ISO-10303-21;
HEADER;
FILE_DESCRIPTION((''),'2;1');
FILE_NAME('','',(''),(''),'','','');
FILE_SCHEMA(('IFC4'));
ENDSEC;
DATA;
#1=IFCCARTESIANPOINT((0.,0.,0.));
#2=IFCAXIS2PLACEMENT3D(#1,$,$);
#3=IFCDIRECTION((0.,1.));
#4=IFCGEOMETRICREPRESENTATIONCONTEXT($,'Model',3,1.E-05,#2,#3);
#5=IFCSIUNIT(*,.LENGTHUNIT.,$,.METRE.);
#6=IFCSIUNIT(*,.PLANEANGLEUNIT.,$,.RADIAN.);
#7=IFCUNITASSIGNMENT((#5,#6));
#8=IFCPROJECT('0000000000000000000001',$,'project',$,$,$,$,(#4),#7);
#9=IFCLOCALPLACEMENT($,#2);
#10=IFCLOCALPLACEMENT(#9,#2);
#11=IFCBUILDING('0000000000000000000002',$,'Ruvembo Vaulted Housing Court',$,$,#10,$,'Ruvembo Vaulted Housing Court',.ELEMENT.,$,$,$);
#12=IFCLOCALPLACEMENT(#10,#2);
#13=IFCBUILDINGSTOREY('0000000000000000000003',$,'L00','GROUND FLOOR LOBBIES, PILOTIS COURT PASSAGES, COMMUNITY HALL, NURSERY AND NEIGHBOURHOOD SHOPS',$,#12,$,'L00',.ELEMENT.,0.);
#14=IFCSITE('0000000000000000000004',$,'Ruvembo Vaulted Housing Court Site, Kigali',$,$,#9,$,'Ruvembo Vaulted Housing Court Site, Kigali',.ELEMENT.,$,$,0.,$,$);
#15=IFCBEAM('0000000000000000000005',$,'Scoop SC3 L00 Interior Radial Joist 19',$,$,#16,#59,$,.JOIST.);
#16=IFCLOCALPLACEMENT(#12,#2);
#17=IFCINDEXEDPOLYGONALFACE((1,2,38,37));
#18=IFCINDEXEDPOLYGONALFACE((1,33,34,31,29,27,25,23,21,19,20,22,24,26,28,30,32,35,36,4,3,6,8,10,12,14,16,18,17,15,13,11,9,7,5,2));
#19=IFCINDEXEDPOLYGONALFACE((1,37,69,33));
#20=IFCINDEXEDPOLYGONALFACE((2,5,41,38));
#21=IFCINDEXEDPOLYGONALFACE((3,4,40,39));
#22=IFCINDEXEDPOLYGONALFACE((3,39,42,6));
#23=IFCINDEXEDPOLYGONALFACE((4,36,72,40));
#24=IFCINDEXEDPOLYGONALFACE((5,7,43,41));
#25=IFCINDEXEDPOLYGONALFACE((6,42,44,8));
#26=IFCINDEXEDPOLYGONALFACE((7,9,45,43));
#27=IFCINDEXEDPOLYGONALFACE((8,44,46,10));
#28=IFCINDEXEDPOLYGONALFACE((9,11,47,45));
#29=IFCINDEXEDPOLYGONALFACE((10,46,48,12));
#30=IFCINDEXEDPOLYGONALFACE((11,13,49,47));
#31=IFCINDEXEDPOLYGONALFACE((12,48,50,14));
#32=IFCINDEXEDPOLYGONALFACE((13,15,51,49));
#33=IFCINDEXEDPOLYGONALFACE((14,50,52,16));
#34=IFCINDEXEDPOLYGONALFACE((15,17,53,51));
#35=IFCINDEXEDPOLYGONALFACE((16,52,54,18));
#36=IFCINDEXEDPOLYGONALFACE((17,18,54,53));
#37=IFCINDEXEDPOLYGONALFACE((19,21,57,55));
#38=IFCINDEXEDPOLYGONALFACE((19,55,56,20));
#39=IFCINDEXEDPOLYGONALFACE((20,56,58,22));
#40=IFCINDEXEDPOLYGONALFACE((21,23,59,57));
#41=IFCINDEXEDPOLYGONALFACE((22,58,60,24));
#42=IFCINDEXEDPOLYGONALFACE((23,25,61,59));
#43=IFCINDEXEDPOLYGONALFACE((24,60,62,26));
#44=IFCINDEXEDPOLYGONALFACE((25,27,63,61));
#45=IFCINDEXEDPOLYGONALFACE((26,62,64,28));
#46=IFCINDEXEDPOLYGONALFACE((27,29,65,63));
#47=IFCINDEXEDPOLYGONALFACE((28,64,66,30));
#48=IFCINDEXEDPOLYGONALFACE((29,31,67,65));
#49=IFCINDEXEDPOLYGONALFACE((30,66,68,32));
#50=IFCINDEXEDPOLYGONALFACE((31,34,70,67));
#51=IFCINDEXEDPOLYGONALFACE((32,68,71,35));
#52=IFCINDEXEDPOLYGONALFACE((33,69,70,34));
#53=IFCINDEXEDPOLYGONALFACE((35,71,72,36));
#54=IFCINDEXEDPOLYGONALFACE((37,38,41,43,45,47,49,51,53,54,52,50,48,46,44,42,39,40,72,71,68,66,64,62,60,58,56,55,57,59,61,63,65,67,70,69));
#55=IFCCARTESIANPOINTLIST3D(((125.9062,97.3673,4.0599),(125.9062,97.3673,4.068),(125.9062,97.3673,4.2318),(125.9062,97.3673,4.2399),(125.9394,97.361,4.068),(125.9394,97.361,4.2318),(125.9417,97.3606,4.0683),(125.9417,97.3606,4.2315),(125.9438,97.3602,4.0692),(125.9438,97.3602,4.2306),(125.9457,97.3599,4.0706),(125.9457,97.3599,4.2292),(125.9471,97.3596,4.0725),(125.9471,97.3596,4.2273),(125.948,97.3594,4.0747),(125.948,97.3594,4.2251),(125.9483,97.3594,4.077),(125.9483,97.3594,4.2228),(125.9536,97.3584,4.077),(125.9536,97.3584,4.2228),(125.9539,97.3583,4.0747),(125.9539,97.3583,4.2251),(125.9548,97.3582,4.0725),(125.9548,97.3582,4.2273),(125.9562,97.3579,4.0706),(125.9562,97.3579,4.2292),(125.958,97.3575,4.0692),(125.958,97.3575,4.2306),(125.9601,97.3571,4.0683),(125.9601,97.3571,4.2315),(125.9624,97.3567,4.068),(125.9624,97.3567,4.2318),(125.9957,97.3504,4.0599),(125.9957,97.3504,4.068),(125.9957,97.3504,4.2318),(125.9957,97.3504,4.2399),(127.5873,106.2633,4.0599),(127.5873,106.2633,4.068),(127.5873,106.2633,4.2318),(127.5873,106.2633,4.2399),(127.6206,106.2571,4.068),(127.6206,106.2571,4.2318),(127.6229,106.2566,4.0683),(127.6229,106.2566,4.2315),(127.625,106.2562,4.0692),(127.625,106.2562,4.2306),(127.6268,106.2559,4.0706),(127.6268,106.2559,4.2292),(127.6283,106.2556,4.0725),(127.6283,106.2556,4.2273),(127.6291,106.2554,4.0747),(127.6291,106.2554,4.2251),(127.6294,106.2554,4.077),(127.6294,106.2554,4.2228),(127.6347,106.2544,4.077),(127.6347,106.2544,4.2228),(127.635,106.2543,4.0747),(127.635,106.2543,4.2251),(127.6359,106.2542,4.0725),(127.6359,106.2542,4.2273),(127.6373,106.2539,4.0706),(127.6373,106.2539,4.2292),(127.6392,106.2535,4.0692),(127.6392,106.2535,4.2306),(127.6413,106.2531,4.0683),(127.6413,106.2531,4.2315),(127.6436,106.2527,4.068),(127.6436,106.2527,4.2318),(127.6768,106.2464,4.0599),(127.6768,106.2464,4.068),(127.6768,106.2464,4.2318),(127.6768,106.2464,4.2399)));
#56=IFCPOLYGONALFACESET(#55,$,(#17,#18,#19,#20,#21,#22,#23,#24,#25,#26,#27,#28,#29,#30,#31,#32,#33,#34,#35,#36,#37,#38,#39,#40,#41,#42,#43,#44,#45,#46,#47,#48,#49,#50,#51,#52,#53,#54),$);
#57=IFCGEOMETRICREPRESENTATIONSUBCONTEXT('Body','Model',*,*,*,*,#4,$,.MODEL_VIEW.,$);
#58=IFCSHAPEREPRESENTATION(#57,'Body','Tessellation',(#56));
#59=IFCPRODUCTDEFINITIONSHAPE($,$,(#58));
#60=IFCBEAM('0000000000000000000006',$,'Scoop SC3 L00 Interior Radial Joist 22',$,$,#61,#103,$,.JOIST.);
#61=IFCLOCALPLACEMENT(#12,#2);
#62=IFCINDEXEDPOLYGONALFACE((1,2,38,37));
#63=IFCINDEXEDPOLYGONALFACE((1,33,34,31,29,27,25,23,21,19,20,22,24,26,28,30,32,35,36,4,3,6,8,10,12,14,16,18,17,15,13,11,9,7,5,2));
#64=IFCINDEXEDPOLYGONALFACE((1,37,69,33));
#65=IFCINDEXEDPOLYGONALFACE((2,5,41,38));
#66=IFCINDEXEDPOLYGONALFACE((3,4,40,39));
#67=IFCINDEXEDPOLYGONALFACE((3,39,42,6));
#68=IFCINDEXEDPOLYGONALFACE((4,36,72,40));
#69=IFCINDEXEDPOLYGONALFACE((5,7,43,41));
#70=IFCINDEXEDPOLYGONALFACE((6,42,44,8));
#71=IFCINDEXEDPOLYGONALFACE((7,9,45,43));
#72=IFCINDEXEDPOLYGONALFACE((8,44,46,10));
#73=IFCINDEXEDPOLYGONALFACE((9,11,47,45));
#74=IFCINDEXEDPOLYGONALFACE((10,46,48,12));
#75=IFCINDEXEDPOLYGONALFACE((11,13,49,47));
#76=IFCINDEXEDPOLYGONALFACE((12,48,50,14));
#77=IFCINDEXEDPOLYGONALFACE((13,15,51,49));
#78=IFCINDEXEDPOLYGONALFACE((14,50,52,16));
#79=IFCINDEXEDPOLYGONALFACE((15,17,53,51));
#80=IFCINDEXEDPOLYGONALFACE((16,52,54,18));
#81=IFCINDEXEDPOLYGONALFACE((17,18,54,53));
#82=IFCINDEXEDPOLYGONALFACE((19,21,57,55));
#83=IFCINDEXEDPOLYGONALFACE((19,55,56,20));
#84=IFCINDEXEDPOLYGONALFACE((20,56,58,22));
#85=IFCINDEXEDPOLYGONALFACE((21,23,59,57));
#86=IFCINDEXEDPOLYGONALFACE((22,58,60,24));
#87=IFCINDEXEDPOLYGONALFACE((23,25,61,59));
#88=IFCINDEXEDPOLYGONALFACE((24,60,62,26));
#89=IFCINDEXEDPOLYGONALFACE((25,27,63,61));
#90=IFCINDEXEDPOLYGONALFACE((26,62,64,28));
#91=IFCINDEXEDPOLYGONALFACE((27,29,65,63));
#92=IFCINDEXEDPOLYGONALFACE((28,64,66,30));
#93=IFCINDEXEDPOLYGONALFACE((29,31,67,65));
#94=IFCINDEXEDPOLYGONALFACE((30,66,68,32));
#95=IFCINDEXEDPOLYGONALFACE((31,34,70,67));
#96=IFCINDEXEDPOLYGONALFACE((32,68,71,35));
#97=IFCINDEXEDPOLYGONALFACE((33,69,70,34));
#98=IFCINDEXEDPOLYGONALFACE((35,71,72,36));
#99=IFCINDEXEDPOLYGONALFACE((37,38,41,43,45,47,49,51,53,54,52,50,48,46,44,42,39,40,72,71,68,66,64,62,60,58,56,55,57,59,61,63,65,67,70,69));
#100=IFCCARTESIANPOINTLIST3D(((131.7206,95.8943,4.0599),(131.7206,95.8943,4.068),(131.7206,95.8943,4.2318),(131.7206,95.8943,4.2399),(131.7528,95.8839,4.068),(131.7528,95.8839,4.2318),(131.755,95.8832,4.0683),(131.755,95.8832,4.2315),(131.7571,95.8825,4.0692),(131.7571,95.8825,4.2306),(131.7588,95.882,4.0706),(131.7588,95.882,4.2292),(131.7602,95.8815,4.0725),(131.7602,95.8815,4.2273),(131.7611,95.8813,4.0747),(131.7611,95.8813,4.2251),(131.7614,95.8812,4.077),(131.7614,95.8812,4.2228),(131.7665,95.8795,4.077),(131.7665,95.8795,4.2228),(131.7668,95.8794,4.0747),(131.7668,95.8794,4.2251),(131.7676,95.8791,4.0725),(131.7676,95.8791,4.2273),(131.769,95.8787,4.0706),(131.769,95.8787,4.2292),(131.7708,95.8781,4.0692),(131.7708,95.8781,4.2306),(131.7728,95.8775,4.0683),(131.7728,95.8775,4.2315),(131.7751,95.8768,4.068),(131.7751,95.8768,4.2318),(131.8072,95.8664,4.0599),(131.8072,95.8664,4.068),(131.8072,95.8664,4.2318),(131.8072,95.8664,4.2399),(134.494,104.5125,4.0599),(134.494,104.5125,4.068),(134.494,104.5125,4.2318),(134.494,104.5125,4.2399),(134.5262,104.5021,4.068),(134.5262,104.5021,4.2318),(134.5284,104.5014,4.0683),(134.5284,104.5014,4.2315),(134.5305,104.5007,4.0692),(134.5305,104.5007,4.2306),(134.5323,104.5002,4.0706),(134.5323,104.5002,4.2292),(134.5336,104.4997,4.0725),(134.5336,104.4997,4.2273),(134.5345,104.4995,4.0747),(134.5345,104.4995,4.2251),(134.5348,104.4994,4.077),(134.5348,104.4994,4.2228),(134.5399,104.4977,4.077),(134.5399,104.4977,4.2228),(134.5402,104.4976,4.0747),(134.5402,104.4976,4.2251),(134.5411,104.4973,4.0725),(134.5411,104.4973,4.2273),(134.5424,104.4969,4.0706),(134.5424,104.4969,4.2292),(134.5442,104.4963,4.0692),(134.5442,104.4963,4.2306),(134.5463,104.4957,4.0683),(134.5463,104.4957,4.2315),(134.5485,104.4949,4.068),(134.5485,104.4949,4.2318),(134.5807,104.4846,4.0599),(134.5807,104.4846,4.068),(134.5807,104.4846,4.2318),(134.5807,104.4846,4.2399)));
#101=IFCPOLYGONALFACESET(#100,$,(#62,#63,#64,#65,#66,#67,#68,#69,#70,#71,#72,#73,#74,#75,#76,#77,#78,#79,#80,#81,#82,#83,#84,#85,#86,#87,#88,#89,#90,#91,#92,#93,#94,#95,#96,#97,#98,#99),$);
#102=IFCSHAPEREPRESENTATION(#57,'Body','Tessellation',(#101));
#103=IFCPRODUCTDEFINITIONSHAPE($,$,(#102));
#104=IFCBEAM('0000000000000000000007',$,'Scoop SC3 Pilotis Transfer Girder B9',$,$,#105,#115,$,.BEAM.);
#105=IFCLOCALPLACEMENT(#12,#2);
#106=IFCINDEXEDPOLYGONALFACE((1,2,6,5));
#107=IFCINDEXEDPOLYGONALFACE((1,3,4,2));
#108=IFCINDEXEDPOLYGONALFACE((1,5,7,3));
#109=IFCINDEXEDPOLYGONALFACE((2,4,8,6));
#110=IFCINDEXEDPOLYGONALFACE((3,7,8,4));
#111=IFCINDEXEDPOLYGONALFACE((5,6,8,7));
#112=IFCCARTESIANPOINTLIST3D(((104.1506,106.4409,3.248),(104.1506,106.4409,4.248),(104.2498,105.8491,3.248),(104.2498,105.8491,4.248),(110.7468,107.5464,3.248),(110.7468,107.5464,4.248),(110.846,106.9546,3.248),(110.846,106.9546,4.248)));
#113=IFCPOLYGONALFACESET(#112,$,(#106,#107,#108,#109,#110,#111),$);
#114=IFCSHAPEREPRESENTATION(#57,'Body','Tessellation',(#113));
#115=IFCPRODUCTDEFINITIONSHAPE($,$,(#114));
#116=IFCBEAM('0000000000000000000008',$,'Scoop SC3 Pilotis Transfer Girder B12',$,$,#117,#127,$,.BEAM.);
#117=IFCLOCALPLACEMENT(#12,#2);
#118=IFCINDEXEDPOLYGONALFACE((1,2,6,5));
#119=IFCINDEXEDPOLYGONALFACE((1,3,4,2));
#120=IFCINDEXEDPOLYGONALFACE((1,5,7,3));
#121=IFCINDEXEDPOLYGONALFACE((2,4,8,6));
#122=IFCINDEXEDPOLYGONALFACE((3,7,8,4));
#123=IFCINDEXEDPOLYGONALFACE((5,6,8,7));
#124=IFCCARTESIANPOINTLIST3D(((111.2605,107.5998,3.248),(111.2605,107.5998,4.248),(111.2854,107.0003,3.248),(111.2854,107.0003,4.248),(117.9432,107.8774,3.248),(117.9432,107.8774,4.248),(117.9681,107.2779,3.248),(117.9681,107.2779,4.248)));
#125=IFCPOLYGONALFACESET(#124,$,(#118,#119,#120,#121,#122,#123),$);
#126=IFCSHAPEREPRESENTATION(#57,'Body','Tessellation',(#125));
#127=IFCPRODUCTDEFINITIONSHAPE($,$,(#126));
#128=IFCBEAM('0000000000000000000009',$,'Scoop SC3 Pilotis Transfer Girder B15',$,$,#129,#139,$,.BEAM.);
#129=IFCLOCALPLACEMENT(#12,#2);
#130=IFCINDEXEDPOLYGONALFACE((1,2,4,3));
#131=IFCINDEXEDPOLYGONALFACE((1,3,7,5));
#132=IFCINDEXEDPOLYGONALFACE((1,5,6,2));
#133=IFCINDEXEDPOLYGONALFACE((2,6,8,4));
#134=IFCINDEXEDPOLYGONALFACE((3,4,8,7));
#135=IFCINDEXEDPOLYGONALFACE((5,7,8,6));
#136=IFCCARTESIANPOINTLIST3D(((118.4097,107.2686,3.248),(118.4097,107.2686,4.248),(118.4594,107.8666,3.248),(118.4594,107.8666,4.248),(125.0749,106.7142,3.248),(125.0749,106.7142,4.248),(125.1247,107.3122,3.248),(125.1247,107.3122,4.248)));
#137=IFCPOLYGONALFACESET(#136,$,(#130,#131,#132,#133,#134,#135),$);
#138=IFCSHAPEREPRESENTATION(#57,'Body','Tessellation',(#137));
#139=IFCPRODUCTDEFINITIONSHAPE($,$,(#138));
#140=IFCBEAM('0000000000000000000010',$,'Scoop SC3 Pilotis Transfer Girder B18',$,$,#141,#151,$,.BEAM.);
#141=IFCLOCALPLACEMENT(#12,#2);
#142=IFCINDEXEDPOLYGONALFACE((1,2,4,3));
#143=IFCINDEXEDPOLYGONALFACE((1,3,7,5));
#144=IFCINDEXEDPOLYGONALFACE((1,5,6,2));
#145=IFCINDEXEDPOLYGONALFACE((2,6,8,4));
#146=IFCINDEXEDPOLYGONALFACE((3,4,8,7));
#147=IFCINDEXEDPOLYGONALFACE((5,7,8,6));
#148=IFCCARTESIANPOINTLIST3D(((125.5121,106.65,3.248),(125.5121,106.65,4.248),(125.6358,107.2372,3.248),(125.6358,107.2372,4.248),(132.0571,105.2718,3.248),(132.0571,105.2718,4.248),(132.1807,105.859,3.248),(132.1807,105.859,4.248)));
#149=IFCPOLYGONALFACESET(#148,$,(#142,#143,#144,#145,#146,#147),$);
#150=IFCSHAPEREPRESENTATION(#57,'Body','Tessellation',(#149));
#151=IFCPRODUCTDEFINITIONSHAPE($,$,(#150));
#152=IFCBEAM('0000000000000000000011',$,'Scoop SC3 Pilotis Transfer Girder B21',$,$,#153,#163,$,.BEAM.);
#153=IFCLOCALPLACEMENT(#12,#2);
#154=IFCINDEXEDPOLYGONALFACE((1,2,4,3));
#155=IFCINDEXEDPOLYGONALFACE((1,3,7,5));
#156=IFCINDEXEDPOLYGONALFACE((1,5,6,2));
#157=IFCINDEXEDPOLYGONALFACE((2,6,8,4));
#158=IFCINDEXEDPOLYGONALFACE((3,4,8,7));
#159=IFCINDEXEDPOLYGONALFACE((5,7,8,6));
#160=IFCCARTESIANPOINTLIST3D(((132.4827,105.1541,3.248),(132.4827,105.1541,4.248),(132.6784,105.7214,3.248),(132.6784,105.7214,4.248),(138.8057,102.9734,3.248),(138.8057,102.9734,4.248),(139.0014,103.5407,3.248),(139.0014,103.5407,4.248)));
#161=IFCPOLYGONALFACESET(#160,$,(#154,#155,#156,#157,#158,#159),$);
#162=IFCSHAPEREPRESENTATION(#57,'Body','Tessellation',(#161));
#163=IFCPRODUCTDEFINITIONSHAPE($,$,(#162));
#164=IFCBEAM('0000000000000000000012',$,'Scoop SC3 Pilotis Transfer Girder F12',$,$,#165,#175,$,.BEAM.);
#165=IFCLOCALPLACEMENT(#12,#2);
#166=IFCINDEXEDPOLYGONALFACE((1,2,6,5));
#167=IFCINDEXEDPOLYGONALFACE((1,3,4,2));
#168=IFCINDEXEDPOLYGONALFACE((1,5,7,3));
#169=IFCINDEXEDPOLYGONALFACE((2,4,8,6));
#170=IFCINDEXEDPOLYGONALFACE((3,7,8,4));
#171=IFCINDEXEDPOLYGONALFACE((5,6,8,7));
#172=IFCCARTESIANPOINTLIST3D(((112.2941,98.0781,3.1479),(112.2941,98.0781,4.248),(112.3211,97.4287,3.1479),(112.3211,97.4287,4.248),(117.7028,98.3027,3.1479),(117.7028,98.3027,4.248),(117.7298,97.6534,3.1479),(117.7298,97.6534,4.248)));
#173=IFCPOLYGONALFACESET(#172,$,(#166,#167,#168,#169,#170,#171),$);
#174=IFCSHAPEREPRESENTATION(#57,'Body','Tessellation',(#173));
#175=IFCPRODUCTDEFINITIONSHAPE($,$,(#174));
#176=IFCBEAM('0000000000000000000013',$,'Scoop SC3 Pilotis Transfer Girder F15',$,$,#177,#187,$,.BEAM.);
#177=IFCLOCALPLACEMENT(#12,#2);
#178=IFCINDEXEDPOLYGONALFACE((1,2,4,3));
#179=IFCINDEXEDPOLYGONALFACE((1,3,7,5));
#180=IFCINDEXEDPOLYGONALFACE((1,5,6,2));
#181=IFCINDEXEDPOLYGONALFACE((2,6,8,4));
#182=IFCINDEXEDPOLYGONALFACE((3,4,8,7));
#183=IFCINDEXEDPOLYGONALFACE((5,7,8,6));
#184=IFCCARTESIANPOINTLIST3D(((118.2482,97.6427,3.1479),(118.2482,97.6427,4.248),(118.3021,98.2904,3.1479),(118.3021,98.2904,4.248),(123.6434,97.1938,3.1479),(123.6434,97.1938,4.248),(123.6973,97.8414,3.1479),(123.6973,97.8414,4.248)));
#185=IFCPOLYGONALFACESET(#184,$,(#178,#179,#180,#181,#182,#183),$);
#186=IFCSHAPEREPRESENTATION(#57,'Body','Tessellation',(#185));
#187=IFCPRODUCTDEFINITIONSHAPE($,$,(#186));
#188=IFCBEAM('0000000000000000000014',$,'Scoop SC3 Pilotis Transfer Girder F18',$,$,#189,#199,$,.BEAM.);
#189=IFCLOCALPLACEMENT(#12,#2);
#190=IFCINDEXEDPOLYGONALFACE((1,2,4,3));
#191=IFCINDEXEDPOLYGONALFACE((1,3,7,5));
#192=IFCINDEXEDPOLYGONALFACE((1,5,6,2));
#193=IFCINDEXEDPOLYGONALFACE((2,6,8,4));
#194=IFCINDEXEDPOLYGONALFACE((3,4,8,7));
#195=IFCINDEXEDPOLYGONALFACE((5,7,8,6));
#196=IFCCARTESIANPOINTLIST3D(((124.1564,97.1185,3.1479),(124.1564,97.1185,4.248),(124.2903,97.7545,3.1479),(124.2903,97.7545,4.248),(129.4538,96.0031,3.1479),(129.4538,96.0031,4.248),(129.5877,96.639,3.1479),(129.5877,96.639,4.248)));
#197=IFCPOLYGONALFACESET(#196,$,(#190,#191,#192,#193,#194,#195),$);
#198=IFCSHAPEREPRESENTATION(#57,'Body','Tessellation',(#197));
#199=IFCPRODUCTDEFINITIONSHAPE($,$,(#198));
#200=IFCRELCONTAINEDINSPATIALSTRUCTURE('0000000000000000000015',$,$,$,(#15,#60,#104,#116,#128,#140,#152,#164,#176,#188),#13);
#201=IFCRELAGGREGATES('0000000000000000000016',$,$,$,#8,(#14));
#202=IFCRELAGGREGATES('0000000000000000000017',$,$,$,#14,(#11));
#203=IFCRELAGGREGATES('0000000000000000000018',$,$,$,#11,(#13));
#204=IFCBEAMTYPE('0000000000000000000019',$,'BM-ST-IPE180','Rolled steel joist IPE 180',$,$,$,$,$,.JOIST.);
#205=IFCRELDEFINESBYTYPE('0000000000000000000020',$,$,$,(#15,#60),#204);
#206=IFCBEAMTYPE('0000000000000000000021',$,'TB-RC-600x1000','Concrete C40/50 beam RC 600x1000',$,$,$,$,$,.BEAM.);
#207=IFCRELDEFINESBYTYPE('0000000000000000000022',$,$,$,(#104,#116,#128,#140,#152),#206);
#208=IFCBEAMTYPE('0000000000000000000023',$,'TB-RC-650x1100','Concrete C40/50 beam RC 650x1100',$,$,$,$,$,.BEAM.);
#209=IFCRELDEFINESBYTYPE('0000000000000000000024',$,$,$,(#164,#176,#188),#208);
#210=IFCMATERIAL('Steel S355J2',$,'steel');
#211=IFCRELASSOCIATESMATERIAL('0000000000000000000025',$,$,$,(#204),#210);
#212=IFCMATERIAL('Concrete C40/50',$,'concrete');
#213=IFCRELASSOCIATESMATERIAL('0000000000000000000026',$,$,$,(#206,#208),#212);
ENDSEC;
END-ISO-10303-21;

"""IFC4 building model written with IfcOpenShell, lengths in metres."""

from ifc_helpers import new_model, si_unit, direction, frame, origin, origin_2d, place, context, subcontext, project, spatial, rectangle, i_section, extrude, material, material_profile, profile_set, type_object, element, save


model = new_model("IFC4")

# Units and contexts
model_context = context("Model", 3, precision=1e-05, world=origin(), true_north=direction((0.0, 1.0)))
body_context = subcontext(model_context, "Body", "Model", "MODEL_VIEW")
ifc_project = project(units=[si_unit("LENGTHUNIT", "METRE"), si_unit("PLANEANGLEUNIT", "RADIAN")], contexts=[model_context])

# Site, building, storey
site_placement = place(None, origin())
site = spatial("IfcSite", under=ifc_project, at=site_placement, Name="Ruvembo Vaulted Housing Court Site, Kigali", LongName="Ruvembo Vaulted Housing Court Site, Kigali", CompositionType="ELEMENT", RefElevation=0.0)
building_placement = place(site_placement, origin())
building = spatial("IfcBuilding", under=site, at=building_placement, Name="Ruvembo Vaulted Housing Court", LongName="Ruvembo Vaulted Housing Court", CompositionType="ELEMENT")
storey_placement = place(building_placement, origin())
storey = spatial("IfcBuildingStorey", under=building, at=storey_placement, Name="L00", Description="GROUND FLOOR LOBBIES, PILOTIS COURT PASSAGES, COMMUNITY HALL, NURSERY AND NEIGHBOURHOOD SHOPS", LongName="L00", CompositionType="ELEMENT", Elevation=0.0)

# Shared definitions
ifc_material_1 = material(Name="Concrete C40/50", Category="concrete")

# Beams
ifc_material_2 = material(Name="Steel S355J2", Category="steel")
ifc_material_profile_1 = material_profile(ifc_material_2, i_section(OverallWidth=0.0911, OverallDepth=0.1799, WebThickness=0.0054, FlangeThickness=0.0081, FilletRadius=0.009, at=origin_2d()), Name="IPE 180")
ifc_profile_set_1 = profile_set([ifc_material_profile_1], Name="Steel S355J2")
beam_type_1 = type_object("IfcBeamType", Name="BM-ST-IPE180", Description="Rolled steel joist IPE 180", PredefinedType="JOIST", material=ifc_profile_set_1)
for number, where, z_axis, x_axis, name in (
    (1, (127.6321, 106.2549, 4.1499), (-0.185692, -0.982608, 0.0), (0.982608, -0.185692, 0.0), "Scoop SC3 L00 Interior Radial Joist 19"),
    (2, (134.5374, 104.4985, 4.1499), (-0.306341, -0.951922, 0.0), (0.951922, -0.306341, 0.0), "Scoop SC3 L00 Interior Radial Joist 22"),
):
    element("IfcBeam", number, at=place(storey_placement, frame(where, z_axis=z_axis, x_axis=x_axis)), inside=storey, type_object=beam_type_1, Name=name, PredefinedType="JOIST", context=body_context, shape_type="SweptSolid", body=[
        extrude(i_section(OverallWidth=0.0911, OverallDepth=0.1799, WebThickness=0.0054, FlangeThickness=0.0081, FilletRadius=0.009, at=origin_2d()), origin(), (0.0, 0.0, 1.0), 9.0535),
    ])
ifc_material_profile_2 = material_profile(ifc_material_1, rectangle(XDim=0.6001, YDim=1.0, at=origin_2d()), Name="RC 600x1000")
ifc_profile_set_2 = profile_set([ifc_material_profile_2], Name="Concrete C40/50")
beam_type_2 = type_object("IfcBeamType", Name="TB-RC-600x1000", Description="Concrete C40/50 beam RC 600x1000", PredefinedType="BEAM", material=ifc_profile_set_2)
beam_1_placement = place(storey_placement, frame((104.2002, 106.145, 3.748), z_axis=(0.986246, 0.165287, 0.0), x_axis=(-0.165287, 0.986246, 0.0)))
element("IfcBeam", 3, at=beam_1_placement, inside=storey, type_object=beam_type_2, Name="Scoop SC3 Pilotis Transfer Girder B9", PredefinedType="BEAM", context=body_context, shape_type="SweptSolid", body=[
    extrude(rectangle(XDim=0.6001, YDim=1.0, at=origin_2d()), origin(), (0.0, 0.0, 1.0), 6.6882),
])
beam_2_placement = place(storey_placement, frame((111.2729, 107.3, 3.748), z_axis=(0.999138, 0.041503, 0.0), x_axis=(-0.041503, 0.999138, 0.0)))
element("IfcBeam", 4, at=beam_2_placement, inside=storey, type_object=beam_type_2, Name="Scoop SC3 Pilotis Transfer Girder B12", PredefinedType="BEAM", context=body_context, shape_type="SweptSolid", body=[
    extrude(rectangle(XDim=0.6001, YDim=1.0, at=origin_2d()), origin(), (0.0, 0.0, 1.0), 6.6885),
])
beam_3_placement = place(storey_placement, frame((118.4346, 107.5676, 3.748), z_axis=(0.996558, -0.082897, 0.0), x_axis=(0.082897, 0.996558, 0.0)))
element("IfcBeam", 5, at=beam_3_placement, inside=storey, type_object=beam_type_2, Name="Scoop SC3 Pilotis Transfer Girder B15", PredefinedType="BEAM", context=body_context, shape_type="SweptSolid", body=[
    extrude(rectangle(XDim=0.6001, YDim=1.0, at=origin_2d()), origin(), (0.0, 0.0, 1.0), 6.6882),
])
for number, where, z_axis, x_axis, name in (
    (6, (125.574, 106.9436, 3.748), (0.978541, -0.206053, 0.0), (0.206053, 0.978541, 0.0), "Scoop SC3 Pilotis Transfer Girder B18"),
    (7, (132.5806, 105.4377, 3.748), (0.945358, -0.326033, 0.0), (0.326033, 0.945358, 0.0), "Scoop SC3 Pilotis Transfer Girder B21"),
):
    element("IfcBeam", number, at=place(storey_placement, frame(where, z_axis=z_axis, x_axis=x_axis)), inside=storey, type_object=beam_type_2, Name=name, PredefinedType="BEAM", context=body_context, shape_type="SweptSolid", body=[
        extrude(rectangle(XDim=0.6001, YDim=1.0, at=origin_2d()), origin(), (0.0, 0.0, 1.0), 6.6885),
    ])
ifc_material_profile_3 = material_profile(ifc_material_1, rectangle(XDim=0.6499, YDim=1.1001, at=origin_2d()), Name="RC 650x1100")
ifc_profile_set_3 = profile_set([ifc_material_profile_3], Name="Concrete C40/50")
beam_type_3 = type_object("IfcBeamType", Name="TB-RC-650x1100", Description="Concrete C40/50 beam RC 650x1100", PredefinedType="BEAM", material=ifc_profile_set_3)
beam_4_placement = place(storey_placement, frame((112.3076, 97.7534, 3.698), z_axis=(0.999139, 0.041492, 0.0), x_axis=(-0.041492, 0.999139, 0.0)))
element("IfcBeam", 8, at=beam_4_placement, inside=storey, type_object=beam_type_3, Name="Scoop SC3 Pilotis Transfer Girder F12", PredefinedType="BEAM", context=body_context, shape_type="SweptSolid", body=[
    extrude(rectangle(XDim=0.6499, YDim=1.1001, at=origin_2d()), origin(), (0.0, 0.0, 1.0), 5.4133),
])
beam_5_placement = place(storey_placement, frame((118.2751, 97.9666, 3.698), z_axis=(0.996555, -0.08293, 0.0), x_axis=(0.08293, 0.996555, 0.0)))
element("IfcBeam", 9, at=beam_5_placement, inside=storey, type_object=beam_type_3, Name="Scoop SC3 Pilotis Transfer Girder F15", PredefinedType="BEAM", context=body_context, shape_type="SweptSolid", body=[
    extrude(rectangle(XDim=0.6499, YDim=1.1001, at=origin_2d()), origin(), (0.0, 0.0, 1.0), 5.4138),
])
beam_6_placement = place(storey_placement, frame((124.2234, 97.4365, 3.698), z_axis=(0.978541, -0.206054, 0.0), x_axis=(0.206054, 0.978541, 0.0)))
element("IfcBeam", 10, at=beam_6_placement, inside=storey, type_object=beam_type_3, Name="Scoop SC3 Pilotis Transfer Girder F18", PredefinedType="BEAM", context=body_context, shape_type="SweptSolid", body=[
    extrude(rectangle(XDim=0.6499, YDim=1.1001, at=origin_2d()), origin(), (0.0, 0.0, 1.0), 5.4136),
])

save(model, "model.ifc")
